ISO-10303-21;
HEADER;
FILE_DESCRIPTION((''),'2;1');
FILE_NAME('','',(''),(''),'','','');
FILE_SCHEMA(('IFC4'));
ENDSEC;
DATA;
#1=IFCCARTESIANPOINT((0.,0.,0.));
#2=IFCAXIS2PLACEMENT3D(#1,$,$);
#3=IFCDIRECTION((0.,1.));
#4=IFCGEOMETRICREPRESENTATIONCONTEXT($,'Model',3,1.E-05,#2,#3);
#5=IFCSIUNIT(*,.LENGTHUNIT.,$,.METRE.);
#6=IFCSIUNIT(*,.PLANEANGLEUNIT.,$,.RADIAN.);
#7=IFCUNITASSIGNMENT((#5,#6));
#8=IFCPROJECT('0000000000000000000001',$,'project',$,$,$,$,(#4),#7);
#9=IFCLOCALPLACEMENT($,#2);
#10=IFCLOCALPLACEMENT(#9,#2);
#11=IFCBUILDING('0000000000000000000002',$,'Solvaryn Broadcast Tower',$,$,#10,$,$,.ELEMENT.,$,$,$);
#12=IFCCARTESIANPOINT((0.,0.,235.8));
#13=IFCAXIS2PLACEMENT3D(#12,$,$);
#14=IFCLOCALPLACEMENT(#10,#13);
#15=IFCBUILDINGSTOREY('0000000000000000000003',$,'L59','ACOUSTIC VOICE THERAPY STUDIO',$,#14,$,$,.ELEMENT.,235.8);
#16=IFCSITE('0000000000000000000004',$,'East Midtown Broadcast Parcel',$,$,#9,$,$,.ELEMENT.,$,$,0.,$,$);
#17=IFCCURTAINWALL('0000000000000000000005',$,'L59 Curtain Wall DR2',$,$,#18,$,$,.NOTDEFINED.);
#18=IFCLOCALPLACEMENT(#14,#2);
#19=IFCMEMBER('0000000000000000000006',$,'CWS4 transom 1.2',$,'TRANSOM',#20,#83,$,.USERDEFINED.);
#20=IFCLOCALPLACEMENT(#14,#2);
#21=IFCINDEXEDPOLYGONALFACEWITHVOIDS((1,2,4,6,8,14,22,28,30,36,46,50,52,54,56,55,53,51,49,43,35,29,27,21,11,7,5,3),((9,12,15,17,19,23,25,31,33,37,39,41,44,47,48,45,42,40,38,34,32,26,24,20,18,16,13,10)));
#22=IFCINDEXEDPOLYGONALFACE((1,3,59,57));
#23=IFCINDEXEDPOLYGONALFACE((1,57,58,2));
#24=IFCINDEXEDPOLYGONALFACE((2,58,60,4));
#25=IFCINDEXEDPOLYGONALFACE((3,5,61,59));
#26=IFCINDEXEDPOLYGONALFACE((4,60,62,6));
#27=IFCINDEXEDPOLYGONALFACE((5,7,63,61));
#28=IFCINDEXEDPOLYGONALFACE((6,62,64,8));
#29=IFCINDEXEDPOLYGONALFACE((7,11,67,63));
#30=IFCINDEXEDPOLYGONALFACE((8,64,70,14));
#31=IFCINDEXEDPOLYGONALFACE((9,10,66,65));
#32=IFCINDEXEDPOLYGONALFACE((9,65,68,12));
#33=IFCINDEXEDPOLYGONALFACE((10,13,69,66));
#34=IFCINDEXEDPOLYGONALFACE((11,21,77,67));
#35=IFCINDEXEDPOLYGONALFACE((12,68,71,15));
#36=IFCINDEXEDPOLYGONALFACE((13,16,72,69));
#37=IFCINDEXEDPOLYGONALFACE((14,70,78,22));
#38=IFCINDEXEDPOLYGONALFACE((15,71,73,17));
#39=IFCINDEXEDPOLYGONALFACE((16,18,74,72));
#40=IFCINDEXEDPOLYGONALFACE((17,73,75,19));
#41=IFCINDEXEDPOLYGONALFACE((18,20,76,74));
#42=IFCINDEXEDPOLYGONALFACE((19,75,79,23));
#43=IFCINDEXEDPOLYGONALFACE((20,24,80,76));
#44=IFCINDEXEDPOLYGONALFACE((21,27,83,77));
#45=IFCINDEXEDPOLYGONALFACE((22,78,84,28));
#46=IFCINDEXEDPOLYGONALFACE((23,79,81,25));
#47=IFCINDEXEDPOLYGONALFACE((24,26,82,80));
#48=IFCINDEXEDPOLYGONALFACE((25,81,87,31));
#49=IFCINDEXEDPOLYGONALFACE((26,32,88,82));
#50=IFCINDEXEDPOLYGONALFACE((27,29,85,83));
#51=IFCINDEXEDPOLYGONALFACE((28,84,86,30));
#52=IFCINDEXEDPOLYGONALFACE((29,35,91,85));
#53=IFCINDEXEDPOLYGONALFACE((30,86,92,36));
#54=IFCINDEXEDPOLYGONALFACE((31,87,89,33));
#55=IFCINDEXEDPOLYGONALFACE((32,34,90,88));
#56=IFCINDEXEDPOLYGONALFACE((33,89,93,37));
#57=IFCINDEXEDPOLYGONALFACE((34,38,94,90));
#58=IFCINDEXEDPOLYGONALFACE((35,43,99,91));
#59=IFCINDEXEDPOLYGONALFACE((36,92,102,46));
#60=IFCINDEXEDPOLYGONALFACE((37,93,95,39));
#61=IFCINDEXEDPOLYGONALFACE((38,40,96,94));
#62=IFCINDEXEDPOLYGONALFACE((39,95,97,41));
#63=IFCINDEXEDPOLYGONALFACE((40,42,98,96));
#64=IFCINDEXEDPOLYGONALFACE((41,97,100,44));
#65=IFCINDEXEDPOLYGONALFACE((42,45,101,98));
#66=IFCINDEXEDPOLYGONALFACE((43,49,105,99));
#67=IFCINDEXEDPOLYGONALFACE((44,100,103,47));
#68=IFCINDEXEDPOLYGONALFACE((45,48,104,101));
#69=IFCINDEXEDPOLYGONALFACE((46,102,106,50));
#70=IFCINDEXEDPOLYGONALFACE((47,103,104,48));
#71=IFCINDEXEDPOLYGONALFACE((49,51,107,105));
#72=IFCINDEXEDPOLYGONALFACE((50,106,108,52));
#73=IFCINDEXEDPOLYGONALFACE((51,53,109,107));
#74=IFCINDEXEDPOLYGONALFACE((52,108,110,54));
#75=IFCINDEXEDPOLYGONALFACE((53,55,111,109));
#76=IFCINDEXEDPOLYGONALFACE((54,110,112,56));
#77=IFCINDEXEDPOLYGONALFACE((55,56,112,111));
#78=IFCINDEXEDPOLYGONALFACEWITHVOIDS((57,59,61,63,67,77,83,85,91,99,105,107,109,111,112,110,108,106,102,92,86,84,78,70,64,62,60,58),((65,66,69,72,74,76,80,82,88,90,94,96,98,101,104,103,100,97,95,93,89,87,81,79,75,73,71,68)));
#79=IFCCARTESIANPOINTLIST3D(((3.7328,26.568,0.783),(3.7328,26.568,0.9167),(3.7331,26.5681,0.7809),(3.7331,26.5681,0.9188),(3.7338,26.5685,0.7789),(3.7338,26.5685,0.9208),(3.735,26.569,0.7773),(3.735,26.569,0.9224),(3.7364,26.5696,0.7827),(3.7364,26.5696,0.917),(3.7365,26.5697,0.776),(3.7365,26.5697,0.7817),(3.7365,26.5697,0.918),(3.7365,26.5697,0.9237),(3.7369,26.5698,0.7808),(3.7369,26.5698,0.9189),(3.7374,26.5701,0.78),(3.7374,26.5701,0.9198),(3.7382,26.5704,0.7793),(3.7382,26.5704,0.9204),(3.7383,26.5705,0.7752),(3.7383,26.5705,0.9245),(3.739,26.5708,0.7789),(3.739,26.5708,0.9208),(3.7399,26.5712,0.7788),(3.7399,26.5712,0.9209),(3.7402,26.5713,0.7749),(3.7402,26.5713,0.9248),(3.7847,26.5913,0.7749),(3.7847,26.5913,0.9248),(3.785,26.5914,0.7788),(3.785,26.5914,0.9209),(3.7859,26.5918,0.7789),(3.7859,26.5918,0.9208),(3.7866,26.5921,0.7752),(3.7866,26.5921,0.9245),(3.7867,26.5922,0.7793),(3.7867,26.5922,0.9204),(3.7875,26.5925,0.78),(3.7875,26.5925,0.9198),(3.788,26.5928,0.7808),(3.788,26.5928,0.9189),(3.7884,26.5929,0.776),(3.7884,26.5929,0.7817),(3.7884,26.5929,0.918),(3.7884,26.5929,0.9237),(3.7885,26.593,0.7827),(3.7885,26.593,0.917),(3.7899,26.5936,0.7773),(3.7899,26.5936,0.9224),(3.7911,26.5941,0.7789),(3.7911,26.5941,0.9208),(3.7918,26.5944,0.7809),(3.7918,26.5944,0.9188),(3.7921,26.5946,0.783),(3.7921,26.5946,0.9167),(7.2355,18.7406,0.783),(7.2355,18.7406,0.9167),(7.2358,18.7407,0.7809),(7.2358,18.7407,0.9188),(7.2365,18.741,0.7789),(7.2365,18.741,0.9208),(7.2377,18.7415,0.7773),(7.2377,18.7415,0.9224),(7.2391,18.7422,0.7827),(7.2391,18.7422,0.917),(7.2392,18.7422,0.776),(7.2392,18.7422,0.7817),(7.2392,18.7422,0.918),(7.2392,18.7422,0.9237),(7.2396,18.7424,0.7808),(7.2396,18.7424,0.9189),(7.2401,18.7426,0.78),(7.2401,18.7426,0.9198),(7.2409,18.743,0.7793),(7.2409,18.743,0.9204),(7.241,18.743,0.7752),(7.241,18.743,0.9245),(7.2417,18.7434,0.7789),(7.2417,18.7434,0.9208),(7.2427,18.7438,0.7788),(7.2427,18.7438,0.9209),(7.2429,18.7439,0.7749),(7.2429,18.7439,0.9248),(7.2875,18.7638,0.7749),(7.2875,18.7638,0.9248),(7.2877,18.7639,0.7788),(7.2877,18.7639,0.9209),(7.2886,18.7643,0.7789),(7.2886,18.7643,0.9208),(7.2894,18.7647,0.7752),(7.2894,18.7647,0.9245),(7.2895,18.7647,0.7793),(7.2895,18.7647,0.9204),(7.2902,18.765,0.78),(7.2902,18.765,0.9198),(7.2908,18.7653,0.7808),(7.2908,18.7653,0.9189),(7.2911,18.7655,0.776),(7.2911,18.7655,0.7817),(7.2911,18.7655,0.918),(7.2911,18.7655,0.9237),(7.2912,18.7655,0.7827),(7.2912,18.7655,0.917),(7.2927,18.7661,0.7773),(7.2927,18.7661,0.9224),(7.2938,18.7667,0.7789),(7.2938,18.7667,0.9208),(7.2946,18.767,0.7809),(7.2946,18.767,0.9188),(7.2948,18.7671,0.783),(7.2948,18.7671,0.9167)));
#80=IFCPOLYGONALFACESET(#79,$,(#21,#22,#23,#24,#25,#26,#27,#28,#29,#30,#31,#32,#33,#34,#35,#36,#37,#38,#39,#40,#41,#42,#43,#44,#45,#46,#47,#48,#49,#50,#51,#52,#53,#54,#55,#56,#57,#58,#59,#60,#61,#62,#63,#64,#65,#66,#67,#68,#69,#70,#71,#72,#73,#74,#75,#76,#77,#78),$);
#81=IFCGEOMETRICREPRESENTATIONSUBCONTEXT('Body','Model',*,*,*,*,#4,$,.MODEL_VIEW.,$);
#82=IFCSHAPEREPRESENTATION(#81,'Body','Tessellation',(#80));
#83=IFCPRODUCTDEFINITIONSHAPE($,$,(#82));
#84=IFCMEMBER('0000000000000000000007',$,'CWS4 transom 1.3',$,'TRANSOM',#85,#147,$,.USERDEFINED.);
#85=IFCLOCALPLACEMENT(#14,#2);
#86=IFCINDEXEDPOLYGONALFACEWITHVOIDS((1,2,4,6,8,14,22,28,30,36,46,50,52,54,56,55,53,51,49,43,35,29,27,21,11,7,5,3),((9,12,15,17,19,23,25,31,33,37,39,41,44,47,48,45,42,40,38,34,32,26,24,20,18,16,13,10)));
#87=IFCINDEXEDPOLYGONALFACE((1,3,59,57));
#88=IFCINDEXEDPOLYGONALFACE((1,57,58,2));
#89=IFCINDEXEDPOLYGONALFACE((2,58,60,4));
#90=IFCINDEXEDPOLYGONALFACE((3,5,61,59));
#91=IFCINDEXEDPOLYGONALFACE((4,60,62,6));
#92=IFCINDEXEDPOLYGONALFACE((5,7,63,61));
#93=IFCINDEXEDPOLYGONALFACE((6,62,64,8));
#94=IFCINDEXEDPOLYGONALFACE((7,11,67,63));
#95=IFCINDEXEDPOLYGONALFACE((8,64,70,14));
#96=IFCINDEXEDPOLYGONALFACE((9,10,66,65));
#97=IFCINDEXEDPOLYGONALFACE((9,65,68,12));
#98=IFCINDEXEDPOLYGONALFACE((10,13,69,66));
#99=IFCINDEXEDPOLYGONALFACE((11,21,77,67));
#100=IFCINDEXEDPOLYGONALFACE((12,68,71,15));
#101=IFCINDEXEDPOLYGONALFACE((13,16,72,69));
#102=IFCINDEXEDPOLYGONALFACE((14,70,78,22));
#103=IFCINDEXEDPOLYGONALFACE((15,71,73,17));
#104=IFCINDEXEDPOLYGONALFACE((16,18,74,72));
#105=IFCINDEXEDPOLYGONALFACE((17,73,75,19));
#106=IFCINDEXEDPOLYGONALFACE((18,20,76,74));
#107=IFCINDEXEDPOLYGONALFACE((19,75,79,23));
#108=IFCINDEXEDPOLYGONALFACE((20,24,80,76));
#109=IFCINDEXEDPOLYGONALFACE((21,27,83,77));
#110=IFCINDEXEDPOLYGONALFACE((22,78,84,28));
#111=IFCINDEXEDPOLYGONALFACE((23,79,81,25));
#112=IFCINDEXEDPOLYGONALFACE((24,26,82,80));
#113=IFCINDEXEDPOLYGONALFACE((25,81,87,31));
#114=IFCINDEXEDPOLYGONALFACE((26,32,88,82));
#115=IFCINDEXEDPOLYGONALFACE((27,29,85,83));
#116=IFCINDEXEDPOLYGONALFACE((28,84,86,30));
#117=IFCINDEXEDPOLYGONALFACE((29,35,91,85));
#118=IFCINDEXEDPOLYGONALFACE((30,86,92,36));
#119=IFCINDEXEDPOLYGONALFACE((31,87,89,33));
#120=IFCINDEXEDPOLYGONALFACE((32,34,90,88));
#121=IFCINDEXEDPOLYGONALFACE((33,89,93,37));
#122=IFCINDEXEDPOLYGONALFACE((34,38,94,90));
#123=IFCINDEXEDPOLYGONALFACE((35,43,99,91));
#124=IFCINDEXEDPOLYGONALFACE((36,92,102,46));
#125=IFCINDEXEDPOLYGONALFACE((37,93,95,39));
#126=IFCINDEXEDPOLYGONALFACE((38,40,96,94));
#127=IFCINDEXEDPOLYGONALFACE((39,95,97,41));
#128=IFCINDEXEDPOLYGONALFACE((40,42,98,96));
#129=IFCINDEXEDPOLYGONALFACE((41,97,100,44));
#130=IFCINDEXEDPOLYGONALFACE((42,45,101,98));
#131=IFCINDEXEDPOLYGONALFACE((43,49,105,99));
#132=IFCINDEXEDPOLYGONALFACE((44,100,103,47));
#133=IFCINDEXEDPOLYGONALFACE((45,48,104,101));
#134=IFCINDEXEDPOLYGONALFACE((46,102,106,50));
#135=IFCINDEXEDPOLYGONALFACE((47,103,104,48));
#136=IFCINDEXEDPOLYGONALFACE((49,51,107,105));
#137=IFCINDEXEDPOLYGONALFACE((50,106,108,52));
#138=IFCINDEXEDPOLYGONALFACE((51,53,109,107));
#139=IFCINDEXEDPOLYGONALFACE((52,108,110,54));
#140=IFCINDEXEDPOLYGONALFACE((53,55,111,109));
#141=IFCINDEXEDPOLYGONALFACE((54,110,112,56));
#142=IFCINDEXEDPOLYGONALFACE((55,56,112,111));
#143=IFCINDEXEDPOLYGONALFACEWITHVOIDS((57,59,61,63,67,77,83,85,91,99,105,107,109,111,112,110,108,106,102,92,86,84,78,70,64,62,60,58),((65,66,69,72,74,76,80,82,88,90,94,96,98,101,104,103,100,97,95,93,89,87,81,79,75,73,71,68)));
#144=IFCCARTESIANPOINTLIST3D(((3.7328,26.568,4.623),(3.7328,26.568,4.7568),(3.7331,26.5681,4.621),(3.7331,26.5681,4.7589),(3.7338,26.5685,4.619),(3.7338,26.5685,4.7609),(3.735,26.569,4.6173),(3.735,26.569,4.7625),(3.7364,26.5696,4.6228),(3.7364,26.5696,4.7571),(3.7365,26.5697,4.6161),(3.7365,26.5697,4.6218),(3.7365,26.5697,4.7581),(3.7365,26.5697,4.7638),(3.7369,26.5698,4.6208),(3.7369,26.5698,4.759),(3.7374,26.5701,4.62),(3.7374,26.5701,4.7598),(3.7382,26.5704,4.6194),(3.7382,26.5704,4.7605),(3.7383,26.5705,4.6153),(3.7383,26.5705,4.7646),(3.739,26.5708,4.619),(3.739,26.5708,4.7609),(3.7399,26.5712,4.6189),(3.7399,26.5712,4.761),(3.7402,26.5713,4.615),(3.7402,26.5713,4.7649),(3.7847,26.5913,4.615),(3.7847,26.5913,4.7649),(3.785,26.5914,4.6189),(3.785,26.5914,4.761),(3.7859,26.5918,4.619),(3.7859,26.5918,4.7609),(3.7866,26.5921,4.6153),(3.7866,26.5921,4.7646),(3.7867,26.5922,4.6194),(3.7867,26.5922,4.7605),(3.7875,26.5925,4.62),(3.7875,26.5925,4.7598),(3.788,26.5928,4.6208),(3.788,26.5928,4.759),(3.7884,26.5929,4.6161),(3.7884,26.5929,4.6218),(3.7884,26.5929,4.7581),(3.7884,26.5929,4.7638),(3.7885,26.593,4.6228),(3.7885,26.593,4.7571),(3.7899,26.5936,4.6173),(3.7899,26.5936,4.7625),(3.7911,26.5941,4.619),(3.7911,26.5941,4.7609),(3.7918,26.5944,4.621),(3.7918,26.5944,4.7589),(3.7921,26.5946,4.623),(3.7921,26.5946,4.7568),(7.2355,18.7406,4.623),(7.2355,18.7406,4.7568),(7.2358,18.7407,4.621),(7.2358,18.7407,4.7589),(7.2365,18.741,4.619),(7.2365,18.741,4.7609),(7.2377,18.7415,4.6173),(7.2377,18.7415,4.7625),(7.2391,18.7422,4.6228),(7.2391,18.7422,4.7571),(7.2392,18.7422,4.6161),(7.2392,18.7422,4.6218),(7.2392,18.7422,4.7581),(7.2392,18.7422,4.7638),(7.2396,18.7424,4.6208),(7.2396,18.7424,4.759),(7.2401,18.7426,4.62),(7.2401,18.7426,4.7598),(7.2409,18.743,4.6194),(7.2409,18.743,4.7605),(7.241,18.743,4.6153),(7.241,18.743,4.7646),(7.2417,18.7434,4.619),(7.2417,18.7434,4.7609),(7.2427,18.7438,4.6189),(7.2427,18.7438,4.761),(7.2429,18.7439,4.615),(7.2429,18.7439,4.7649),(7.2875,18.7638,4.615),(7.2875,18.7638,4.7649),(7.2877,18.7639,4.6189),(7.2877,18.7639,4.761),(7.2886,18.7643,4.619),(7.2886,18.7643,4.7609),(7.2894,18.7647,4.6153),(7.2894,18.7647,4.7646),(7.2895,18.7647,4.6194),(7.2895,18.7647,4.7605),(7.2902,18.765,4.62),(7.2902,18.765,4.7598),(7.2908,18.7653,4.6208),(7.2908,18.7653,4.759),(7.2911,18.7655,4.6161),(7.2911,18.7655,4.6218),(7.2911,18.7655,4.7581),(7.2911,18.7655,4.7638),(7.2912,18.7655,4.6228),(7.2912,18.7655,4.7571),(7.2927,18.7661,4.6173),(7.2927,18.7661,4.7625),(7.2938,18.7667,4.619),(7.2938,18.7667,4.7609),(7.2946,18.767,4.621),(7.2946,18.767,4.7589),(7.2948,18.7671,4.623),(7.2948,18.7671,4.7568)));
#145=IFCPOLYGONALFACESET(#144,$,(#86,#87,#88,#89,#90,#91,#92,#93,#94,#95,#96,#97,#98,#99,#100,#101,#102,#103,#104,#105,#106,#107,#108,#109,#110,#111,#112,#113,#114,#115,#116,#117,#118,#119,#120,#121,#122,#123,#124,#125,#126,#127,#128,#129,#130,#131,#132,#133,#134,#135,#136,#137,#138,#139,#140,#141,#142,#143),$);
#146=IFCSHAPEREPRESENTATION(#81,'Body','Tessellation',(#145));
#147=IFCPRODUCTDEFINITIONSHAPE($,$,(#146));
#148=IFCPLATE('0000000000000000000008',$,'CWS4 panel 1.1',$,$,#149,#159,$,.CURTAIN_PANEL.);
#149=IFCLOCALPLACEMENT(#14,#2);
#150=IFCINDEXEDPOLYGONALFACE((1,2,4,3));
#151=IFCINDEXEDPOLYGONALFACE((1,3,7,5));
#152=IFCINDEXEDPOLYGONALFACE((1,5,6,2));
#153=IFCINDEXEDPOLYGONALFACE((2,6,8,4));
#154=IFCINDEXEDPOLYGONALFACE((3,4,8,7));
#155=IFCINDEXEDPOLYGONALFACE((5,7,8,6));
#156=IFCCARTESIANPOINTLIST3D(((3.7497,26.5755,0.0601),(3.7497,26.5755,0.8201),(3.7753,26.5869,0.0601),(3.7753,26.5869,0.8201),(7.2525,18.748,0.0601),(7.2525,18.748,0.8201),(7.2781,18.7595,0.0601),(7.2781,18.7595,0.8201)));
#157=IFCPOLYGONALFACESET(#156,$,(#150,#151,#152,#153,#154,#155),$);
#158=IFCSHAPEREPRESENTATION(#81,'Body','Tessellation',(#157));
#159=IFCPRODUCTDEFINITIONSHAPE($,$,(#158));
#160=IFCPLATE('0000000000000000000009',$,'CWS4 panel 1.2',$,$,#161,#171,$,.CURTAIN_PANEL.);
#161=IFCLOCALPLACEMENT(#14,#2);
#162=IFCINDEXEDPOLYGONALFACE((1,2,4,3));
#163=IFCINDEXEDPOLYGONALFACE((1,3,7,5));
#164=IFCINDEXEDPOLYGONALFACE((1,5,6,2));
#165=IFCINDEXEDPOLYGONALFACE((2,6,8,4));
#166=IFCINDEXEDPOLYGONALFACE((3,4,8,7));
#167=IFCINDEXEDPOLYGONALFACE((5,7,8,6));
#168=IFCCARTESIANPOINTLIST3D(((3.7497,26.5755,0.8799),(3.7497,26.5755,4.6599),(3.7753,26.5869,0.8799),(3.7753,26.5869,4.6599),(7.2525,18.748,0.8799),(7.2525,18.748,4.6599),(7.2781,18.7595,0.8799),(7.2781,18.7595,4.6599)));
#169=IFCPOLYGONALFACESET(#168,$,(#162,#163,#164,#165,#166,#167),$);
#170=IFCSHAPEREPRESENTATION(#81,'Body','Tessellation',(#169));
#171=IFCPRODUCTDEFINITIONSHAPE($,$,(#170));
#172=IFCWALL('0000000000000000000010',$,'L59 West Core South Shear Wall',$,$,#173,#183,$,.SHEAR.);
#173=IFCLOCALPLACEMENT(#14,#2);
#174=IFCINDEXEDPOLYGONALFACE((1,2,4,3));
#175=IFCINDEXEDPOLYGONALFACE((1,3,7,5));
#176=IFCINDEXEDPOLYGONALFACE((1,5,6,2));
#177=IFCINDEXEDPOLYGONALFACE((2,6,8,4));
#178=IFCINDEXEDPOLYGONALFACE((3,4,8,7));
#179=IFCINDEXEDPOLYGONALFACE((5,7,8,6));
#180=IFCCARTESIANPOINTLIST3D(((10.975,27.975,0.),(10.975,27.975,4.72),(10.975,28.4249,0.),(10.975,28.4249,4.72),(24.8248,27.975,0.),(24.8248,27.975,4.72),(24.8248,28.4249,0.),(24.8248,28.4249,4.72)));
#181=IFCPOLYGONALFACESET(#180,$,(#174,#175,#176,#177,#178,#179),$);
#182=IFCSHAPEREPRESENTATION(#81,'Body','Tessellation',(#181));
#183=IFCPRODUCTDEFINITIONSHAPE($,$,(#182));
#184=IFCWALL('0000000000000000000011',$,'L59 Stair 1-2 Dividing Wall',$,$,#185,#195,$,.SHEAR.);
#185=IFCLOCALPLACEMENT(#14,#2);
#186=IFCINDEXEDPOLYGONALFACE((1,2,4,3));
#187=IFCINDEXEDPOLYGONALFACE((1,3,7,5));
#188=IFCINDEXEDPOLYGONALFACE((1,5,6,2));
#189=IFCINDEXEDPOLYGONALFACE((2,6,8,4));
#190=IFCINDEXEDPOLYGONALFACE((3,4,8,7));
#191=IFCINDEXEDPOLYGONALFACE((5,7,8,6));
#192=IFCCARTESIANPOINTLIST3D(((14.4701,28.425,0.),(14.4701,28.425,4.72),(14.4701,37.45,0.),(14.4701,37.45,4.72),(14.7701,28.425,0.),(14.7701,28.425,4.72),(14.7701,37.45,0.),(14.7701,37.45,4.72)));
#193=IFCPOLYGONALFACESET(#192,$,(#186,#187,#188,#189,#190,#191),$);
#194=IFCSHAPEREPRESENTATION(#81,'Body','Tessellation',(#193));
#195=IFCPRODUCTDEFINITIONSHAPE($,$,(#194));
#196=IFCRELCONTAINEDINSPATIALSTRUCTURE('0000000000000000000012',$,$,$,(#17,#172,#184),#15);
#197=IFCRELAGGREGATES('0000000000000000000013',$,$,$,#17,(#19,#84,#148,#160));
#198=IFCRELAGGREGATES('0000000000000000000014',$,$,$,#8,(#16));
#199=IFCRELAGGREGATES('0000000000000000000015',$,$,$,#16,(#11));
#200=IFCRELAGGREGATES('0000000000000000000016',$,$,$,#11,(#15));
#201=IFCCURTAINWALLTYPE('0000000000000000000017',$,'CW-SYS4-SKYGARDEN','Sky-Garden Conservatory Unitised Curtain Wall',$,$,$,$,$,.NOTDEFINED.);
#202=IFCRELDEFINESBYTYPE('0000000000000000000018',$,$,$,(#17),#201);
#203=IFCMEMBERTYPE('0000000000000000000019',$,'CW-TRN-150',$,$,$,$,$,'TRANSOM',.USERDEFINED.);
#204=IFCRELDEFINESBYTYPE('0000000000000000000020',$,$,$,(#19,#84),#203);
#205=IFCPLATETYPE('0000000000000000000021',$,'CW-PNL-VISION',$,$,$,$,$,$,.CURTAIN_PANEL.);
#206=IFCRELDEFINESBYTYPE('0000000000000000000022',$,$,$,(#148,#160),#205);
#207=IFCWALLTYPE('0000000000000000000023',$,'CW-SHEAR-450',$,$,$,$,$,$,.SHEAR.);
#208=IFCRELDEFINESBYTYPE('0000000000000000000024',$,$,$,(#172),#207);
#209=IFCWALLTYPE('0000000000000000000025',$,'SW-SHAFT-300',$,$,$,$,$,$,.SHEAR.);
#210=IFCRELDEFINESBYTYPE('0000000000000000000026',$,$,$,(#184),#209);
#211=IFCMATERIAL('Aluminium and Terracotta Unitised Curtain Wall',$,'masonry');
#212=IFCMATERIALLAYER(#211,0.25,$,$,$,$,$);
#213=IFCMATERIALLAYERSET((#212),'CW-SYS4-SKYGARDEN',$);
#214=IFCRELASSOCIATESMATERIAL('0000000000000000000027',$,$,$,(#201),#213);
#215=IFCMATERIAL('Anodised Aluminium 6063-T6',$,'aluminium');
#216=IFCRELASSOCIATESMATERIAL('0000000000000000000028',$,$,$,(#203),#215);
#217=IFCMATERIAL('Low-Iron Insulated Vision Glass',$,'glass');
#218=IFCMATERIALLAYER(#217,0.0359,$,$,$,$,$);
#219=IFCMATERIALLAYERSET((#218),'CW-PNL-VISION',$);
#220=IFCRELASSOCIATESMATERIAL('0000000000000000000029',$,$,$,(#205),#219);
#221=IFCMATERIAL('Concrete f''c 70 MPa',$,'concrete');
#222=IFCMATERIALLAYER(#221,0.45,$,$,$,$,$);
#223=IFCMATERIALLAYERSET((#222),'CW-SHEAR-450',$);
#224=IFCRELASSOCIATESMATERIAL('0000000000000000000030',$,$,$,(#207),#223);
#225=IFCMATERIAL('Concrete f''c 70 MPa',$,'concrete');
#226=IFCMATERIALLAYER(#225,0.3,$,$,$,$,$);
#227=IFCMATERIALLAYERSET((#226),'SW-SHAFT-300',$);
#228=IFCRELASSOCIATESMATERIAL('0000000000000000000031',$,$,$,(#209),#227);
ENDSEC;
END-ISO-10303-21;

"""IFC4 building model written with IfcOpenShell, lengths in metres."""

from ifc_helpers import new_model, si_unit, direction, frame, frame_2d, origin, origin_2d, place, context, subcontext, project, spatial, rectangle, hollow_rectangle, extrude, material, layer, layer_set, material_profile, profile_set, type_object, element, aggregate, save


model = new_model("IFC4")

# Units and contexts
model_context = context("Model", 3, precision=1e-05, world=origin(), true_north=direction((0.0, 1.0)))
body_context = subcontext(model_context, "Body", "Model", "MODEL_VIEW")
ifc_project = project(units=[si_unit("LENGTHUNIT", "METRE"), si_unit("PLANEANGLEUNIT", "RADIAN")], contexts=[model_context])

# Site, building, storey
site_placement = place(None, origin())
site = spatial("IfcSite", under=ifc_project, at=site_placement, Name="East Midtown Broadcast Parcel", CompositionType="ELEMENT", RefElevation=0.0)
building_placement = place(site_placement, origin())
building = spatial("IfcBuilding", under=site, at=building_placement, Name="Solvaryn Broadcast Tower", CompositionType="ELEMENT")
storey_placement = place(building_placement, frame((0.0, 0.0, 235.8)))
storey = spatial("IfcBuildingStorey", under=building, at=storey_placement, Name="L59", Description="ACOUSTIC VOICE THERAPY STUDIO", CompositionType="ELEMENT", Elevation=235.8)

# Shared definitions
ifc_material_1 = material(Name="Aluminium and Terracotta Unitised Curtain Wall", Category="masonry")
ifc_layer_1 = layer(ifc_material_1, 0.25)
ifc_layer_set_1 = layer_set([ifc_layer_1], Name="CW-SYS4-SKYGARDEN")
curtain_wall_type = type_object("IfcCurtainWallType", Name="CW-SYS4-SKYGARDEN", Description="Sky-Garden Conservatory Unitised Curtain Wall", PredefinedType="NOTDEFINED", material=ifc_layer_set_1)

# Curtain wall, members, plates
curtain_wall_1_placement = place(storey_placement, origin())
curtain_wall_1 = element("IfcCurtainWall", 1, at=curtain_wall_1_placement, inside=storey, type_object=curtain_wall_type, Name="L59 Curtain Wall DR2", PredefinedType="NOTDEFINED")
ifc_material_2 = material(Name="Anodised Aluminium 6063-T6", Category="aluminium")
ifc_material_profile_1 = material_profile(ifc_material_2, hollow_rectangle(XDim=0.0649, YDim=0.1499, WallThickness=0.0039, InnerFilletRadius=0.0039, OuterFilletRadius=0.0081, at=origin_2d()))
ifc_profile_set_1 = profile_set([ifc_material_profile_1], Name="Anodised Aluminium 6063-T6")
member_type_1 = type_object("IfcMemberType", Name="CW-TRN-150", ElementType="TRANSOM", PredefinedType="USERDEFINED", material=ifc_profile_set_1)
member_1_placement = place(storey_placement, frame((3.7625, 26.5813, 0.8499), z_axis=(0.408459, -0.912777, 0.0), x_axis=(0.912777, 0.408459, 0.0)))
member_1 = element("IfcMember", 2, at=member_1_placement, type_object=member_type_1, Name="CWS4 transom 1.2", ObjectType="TRANSOM", PredefinedType="USERDEFINED", context=body_context, shape_type="SweptSolid", body=[
    extrude(hollow_rectangle(XDim=0.0649, YDim=0.1499, WallThickness=0.0039, InnerFilletRadius=0.0039, OuterFilletRadius=0.0081, at=origin_2d()), origin(), (0.0, 0.0, 1.0), 8.5754),
])
member_2_placement = place(storey_placement, frame((3.7625, 26.5813, 4.6899), z_axis=(0.408459, -0.912777, 0.0), x_axis=(0.912777, 0.408459, 0.0)))
member_2 = element("IfcMember", 3, at=member_2_placement, type_object=member_type_1, Name="CWS4 transom 1.3", ObjectType="TRANSOM", PredefinedType="USERDEFINED", context=body_context, shape_type="SweptSolid", body=[
    extrude(hollow_rectangle(XDim=0.0649, YDim=0.1499, WallThickness=0.0039, InnerFilletRadius=0.0039, OuterFilletRadius=0.0081, at=origin_2d()), origin(), (0.0, 0.0, 1.0), 8.5754),
])
ifc_material_3 = material(Name="Low-Iron Insulated Vision Glass", Category="glass")
ifc_layer_2 = layer(ifc_material_3, 0.0359)
ifc_layer_set_2 = layer_set([ifc_layer_2], Name="CW-PNL-VISION")
plate_type = type_object("IfcPlateType", Name="CW-PNL-VISION", PredefinedType="CURTAIN_PANEL", material=ifc_layer_set_2)
plate_1_placement = place(storey_placement, frame((5.5139, 22.6675, 0.0601), z_axis=(0.0, 0.0, 1.0), x_axis=(0.408466, -0.912774, 0.0)))
plate_1 = element("IfcPlate", 4, at=plate_1_placement, type_object=plate_type, Name="CWS4 panel 1.1", PredefinedType="CURTAIN_PANEL", context=body_context, shape_type="SweptSolid", body=[
    extrude(rectangle(XDim=8.5754, YDim=0.0281, at=origin_2d()), origin(), (0.0, 0.0, 1.0), 0.76),
])
plate_2_placement = place(storey_placement, frame((5.5139, 22.6675, 0.8799), z_axis=(0.0, 0.0, 1.0), x_axis=(0.408466, -0.912774, 0.0)))
plate_2 = element("IfcPlate", 5, at=plate_2_placement, type_object=plate_type, Name="CWS4 panel 1.2", PredefinedType="CURTAIN_PANEL", context=body_context, shape_type="SweptSolid", body=[
    extrude(rectangle(XDim=8.5754, YDim=0.0281, at=origin_2d()), origin(), (0.0, 0.0, 1.0), 3.78),
])
aggregate(curtain_wall_1, [member_1, member_2, plate_1, plate_2])

# Wall
ifc_material_4 = material(Name="Concrete f'c 70 MPa", Category="concrete")
ifc_layer_3 = layer(ifc_material_4, 0.45)
ifc_layer_set_3 = layer_set([ifc_layer_3], Name="CW-SHEAR-450")
wall_type_1 = type_object("IfcWallType", Name="CW-SHEAR-450", PredefinedType="SHEAR", material=ifc_layer_set_3)
wall_1_placement = place(storey_placement, frame((10.9751, 28.2, 0.0), z_axis=(0.0, 0.0, 1.0), x_axis=(1.0, 0.0, 0.0)))
element("IfcWall", 6, at=wall_1_placement, inside=storey, type_object=wall_type_1, Name="L59 West Core South Shear Wall", PredefinedType="SHEAR", context=body_context, shape_type="SweptSolid", body=[
    extrude(rectangle(XDim=13.8499, YDim=0.45, at=frame_2d((6.9248, 0.0))), origin(), (0.0, 0.0, 1.0), 4.72),
])

# Wall
ifc_material_5 = material(Name="Concrete f'c 70 MPa", Category="concrete")
ifc_layer_4 = layer(ifc_material_5, 0.3)
ifc_layer_set_4 = layer_set([ifc_layer_4], Name="SW-SHAFT-300")
wall_type_2 = type_object("IfcWallType", Name="SW-SHAFT-300", PredefinedType="SHEAR", material=ifc_layer_set_4)
wall_2_placement = place(storey_placement, frame((14.6201, 28.425, 0.0), z_axis=(0.0, 0.0, 1.0), x_axis=(0.0, 1.0, 0.0)))
element("IfcWall", 7, at=wall_2_placement, inside=storey, type_object=wall_type_2, Name="L59 Stair 1-2 Dividing Wall", PredefinedType="SHEAR", context=body_context, shape_type="SweptSolid", body=[
    extrude(rectangle(XDim=9.0249, YDim=0.3, at=frame_2d((4.5125, 0.0))), origin(), (0.0, 0.0, 1.0), 4.72),
])

save(model, "model.ifc")
